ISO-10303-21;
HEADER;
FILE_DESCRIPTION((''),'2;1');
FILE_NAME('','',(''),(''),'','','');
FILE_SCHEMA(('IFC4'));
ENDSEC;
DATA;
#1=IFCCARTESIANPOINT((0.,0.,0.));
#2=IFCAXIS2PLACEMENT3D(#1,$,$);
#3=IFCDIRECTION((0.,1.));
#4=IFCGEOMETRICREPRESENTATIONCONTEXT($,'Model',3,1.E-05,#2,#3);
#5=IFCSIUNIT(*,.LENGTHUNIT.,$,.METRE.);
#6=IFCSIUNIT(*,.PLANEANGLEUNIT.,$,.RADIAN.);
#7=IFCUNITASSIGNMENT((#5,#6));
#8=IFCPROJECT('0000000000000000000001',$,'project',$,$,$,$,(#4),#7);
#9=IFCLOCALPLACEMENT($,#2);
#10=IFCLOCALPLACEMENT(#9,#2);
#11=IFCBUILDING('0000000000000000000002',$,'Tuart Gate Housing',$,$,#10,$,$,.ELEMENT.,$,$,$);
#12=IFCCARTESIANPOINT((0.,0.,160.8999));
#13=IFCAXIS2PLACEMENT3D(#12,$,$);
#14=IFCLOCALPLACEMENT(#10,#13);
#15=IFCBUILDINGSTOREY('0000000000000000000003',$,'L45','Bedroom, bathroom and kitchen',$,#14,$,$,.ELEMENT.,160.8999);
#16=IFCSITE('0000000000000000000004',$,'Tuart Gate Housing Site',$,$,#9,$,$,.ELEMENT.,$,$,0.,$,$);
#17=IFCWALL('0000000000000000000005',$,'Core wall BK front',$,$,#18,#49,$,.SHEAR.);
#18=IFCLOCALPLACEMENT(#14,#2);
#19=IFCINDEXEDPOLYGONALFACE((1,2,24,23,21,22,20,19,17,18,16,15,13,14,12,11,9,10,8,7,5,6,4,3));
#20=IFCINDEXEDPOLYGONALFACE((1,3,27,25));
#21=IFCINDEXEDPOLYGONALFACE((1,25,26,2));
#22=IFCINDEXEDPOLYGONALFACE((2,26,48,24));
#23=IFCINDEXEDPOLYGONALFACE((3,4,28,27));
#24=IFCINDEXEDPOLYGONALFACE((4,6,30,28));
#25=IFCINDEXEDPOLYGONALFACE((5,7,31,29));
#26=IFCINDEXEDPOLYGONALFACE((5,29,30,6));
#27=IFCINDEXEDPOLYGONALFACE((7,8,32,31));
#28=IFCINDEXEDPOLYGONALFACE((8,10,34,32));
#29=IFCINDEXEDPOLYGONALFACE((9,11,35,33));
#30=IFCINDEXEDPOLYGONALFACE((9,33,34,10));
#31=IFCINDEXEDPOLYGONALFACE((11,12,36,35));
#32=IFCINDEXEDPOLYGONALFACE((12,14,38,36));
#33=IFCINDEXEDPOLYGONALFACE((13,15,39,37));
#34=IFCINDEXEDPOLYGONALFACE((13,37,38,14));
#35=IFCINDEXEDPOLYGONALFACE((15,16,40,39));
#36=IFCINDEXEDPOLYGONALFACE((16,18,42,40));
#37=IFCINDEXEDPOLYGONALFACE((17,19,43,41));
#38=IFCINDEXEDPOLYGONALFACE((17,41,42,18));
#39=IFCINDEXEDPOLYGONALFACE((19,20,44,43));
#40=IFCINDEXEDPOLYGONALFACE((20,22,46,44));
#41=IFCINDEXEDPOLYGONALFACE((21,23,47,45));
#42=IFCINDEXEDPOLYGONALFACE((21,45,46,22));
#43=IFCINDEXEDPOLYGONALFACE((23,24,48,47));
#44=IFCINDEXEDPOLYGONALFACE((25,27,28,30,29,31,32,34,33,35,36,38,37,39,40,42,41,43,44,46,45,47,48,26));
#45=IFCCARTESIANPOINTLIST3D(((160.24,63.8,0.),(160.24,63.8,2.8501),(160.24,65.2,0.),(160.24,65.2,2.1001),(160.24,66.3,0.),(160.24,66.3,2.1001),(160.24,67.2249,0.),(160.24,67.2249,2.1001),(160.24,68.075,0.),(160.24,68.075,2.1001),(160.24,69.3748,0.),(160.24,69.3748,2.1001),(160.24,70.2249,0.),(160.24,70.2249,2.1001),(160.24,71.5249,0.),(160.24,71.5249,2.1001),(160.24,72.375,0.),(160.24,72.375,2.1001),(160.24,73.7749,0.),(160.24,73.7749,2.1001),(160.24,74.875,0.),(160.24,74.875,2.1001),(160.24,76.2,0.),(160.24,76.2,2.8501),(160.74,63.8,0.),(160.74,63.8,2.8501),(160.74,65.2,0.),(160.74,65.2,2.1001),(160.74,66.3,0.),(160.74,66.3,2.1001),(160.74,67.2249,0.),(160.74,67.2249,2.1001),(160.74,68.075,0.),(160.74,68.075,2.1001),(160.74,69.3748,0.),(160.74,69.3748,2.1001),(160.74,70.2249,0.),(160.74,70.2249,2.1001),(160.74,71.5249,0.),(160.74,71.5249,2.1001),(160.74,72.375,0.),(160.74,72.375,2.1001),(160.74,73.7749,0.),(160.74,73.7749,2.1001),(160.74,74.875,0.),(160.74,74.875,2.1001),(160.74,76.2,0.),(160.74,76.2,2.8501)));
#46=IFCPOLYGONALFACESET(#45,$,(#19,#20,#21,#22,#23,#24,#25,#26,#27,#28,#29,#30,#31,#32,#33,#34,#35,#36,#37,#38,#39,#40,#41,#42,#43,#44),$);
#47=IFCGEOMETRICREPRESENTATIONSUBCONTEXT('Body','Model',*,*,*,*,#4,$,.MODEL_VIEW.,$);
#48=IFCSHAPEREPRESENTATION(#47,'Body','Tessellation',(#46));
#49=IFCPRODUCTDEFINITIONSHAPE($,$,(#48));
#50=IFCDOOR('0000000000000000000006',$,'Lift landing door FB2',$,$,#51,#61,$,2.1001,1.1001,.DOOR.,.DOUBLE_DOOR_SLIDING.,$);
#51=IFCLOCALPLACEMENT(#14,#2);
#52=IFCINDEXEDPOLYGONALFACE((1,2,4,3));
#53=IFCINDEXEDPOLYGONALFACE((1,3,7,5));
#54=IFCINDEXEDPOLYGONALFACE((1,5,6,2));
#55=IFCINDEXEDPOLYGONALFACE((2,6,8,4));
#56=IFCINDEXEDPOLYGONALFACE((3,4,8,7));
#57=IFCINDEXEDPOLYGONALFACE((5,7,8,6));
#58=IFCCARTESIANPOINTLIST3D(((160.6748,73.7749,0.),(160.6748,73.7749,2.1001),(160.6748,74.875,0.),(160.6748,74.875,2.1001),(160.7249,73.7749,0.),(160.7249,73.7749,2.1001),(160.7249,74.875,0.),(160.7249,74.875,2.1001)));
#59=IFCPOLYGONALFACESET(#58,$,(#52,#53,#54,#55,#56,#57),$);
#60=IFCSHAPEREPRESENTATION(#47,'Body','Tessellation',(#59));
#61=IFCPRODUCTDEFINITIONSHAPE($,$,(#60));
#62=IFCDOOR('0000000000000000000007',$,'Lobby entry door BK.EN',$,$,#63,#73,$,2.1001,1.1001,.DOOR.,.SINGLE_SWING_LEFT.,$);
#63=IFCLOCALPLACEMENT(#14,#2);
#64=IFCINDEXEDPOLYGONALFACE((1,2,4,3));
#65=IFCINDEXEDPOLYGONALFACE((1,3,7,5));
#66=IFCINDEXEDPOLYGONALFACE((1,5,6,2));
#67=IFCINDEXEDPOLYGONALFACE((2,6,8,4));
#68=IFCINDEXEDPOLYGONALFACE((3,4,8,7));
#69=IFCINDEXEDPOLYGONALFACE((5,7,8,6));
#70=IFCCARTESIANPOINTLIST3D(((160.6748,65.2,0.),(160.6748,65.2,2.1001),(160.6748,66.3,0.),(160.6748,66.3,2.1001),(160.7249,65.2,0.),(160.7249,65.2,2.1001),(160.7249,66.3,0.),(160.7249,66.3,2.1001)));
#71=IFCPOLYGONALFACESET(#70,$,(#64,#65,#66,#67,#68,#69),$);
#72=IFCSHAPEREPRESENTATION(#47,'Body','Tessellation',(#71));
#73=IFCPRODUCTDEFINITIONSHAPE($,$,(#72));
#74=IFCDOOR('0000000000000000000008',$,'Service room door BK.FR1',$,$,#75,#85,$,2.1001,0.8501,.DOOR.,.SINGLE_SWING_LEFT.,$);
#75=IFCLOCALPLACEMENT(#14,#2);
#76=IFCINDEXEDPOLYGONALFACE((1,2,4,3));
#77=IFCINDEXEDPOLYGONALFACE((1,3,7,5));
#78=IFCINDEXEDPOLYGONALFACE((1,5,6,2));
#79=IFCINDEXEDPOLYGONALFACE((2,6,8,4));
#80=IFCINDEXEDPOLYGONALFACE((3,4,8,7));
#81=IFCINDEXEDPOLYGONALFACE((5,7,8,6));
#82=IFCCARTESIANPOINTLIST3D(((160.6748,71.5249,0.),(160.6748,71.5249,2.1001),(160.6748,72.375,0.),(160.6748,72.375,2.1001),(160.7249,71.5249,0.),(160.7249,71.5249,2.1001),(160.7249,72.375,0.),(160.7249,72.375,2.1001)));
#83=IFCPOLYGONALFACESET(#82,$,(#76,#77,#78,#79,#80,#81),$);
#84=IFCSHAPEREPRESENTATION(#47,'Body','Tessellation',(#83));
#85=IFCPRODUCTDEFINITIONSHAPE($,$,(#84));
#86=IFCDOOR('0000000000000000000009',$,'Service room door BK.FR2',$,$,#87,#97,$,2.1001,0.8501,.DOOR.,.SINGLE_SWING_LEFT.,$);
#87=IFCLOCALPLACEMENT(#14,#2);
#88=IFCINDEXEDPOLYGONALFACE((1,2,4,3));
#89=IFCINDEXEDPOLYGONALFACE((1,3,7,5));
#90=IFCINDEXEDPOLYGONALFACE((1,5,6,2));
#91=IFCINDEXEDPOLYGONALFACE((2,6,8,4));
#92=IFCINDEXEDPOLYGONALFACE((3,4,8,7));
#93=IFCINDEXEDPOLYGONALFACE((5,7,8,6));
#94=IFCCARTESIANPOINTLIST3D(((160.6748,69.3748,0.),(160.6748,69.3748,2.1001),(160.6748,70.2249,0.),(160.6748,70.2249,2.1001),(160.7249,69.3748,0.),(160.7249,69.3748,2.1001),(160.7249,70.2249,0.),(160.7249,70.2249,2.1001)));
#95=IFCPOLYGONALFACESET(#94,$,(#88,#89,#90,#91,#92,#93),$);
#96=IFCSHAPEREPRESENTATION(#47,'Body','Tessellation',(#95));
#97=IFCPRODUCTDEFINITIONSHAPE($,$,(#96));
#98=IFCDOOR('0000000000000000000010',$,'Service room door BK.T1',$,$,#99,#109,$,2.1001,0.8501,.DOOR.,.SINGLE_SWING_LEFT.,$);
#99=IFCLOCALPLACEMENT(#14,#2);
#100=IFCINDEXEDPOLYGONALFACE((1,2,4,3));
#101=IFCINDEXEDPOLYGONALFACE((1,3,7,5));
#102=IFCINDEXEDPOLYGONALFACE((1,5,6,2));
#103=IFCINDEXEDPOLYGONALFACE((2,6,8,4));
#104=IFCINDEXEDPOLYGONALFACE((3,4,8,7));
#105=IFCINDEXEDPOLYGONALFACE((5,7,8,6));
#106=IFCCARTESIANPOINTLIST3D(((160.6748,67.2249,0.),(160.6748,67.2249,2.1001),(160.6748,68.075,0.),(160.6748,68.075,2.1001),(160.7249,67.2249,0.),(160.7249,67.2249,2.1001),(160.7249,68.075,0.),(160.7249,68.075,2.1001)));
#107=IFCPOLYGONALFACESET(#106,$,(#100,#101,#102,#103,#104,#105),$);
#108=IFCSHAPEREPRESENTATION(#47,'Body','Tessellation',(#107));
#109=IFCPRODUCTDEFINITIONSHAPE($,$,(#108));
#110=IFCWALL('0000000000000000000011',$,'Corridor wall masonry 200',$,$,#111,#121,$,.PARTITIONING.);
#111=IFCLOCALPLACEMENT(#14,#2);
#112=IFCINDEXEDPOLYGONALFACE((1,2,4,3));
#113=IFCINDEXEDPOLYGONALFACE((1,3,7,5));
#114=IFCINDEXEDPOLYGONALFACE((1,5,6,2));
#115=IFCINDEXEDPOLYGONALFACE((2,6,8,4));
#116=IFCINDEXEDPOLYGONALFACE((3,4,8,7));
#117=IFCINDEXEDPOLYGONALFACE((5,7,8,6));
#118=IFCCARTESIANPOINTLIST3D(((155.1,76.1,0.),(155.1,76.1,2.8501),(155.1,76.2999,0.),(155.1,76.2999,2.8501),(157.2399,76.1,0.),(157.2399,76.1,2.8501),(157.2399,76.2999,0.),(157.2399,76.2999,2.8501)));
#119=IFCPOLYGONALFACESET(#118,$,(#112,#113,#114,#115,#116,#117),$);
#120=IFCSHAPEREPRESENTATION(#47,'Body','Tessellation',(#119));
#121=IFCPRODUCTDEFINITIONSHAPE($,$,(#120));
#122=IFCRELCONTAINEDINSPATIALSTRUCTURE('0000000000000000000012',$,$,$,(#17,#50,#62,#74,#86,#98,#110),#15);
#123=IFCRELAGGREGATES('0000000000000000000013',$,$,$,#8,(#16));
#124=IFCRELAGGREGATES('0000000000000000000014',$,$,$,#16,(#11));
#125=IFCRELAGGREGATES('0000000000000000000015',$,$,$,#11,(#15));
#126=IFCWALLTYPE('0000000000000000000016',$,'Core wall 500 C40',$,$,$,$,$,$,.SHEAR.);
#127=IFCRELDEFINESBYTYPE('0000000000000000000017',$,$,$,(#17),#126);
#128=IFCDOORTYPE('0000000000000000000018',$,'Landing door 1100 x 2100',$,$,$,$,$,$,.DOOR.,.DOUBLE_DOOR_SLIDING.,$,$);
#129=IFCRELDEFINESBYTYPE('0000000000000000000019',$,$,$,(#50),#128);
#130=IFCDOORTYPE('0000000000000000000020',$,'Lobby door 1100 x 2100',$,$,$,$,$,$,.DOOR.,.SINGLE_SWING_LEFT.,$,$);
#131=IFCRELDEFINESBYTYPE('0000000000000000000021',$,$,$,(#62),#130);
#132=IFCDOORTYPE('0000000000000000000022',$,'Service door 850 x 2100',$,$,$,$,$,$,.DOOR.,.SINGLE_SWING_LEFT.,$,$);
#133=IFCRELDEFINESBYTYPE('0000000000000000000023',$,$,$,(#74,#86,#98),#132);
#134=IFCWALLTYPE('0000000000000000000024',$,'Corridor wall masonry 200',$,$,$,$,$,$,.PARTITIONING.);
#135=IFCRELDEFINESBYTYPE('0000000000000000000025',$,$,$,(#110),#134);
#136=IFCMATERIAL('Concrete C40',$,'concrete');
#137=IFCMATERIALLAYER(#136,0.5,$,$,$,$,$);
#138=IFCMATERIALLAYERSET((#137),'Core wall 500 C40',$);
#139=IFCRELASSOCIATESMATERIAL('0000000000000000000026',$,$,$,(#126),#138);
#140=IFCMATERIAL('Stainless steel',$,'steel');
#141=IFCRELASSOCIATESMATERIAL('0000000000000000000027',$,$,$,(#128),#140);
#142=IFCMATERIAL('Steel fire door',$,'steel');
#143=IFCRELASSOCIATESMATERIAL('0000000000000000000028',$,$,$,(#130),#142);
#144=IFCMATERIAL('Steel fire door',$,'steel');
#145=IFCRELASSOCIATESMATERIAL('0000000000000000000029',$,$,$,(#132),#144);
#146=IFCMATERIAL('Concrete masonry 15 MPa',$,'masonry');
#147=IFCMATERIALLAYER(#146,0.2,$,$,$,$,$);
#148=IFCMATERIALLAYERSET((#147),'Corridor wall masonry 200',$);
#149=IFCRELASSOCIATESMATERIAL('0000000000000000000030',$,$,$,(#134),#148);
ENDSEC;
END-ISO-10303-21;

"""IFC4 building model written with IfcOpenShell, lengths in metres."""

from ifc_helpers import new_model, si_unit, direction, frame, frame_2d, origin, place, context, subcontext, project, spatial, rectangle, extrude, material, layer, layer_set, type_object, element, fill, save


model = new_model("IFC4")

# Units and contexts
model_context = context("Model", 3, precision=1e-05, world=origin(), true_north=direction((0.0, 1.0)))
body_context = subcontext(model_context, "Body", "Model", "MODEL_VIEW")
ifc_project = project(units=[si_unit("LENGTHUNIT", "METRE"), si_unit("PLANEANGLEUNIT", "RADIAN")], contexts=[model_context])

# Site, building, storey
site_placement = place(None, origin())
site = spatial("IfcSite", under=ifc_project, at=site_placement, Name="Tuart Gate Housing Site", CompositionType="ELEMENT", RefElevation=0.0)
building_placement = place(site_placement, origin())
building = spatial("IfcBuilding", under=site, at=building_placement, Name="Tuart Gate Housing", CompositionType="ELEMENT")
storey_placement = place(building_placement, frame((0.0, 0.0, 160.8999)))
storey = spatial("IfcBuildingStorey", under=building, at=storey_placement, Name="L45", Description="Bedroom, bathroom and kitchen", CompositionType="ELEMENT", Elevation=160.8999)

# Wall, openings, doors
ifc_material_1 = material(Name="Concrete C40", Category="concrete")
ifc_layer_1 = layer(ifc_material_1, 0.5)
ifc_layer_set_1 = layer_set([ifc_layer_1], Name="Core wall 500 C40")
wall_type_1 = type_object("IfcWallType", Name="Core wall 500 C40", PredefinedType="SHEAR", material=ifc_layer_set_1)
wall_1_placement = place(storey_placement, frame((160.49, 76.2, 0.0), z_axis=(0.0, 0.0, 1.0), x_axis=(0.0, -1.0, 0.0)))
wall_1 = element("IfcWall", 1, at=wall_1_placement, inside=storey, type_object=wall_type_1, Name="Core wall BK front", PredefinedType="SHEAR", context=body_context, shape_type="SweptSolid", body=[
    extrude(rectangle(XDim=12.3999, YDim=0.5, at=frame_2d((6.2, 0.0))), origin(), (0.0, 0.0, 1.0), 2.8501),
])
opening_1_placement = place(wall_1_placement, frame((1.325, 0.0, 0.0)))
opening_1 = element("IfcOpeningElement", 2, at=opening_1_placement, cuts=wall_1, PredefinedType="OPENING", context=body_context, shape_type="SweptSolid", body=[
    extrude(rectangle(XDim=1.1001, YDim=2.1001, at=frame_2d((0.55, 1.05))), frame((0.0, 0.26, 0.0), z_axis=(0.0, -1.0, 0.0), x_axis=(1.0, 0.0, 0.0)), (0.0, 0.0, 1.0), 0.52),
])
opening_2_placement = place(wall_1_placement, frame((3.825, 0.0, 0.0)))
opening_2 = element("IfcOpeningElement", 3, at=opening_2_placement, cuts=wall_1, PredefinedType="OPENING", context=body_context, shape_type="SweptSolid", body=[
    extrude(rectangle(XDim=0.8501, YDim=2.1001, at=frame_2d((0.425, 1.05))), frame((0.0, 0.26, 0.0), z_axis=(0.0, -1.0, 0.0), x_axis=(1.0, 0.0, 0.0)), (0.0, 0.0, 1.0), 0.52),
])
opening_3_placement = place(wall_1_placement, frame((5.9751, 0.0, 0.0)))
opening_3 = element("IfcOpeningElement", 4, at=opening_3_placement, cuts=wall_1, PredefinedType="OPENING", context=body_context, shape_type="SweptSolid", body=[
    extrude(rectangle(XDim=0.8501, YDim=2.1001, at=frame_2d((0.425, 1.05))), frame((0.0, 0.26, 0.0), z_axis=(0.0, -1.0, 0.0), x_axis=(1.0, 0.0, 0.0)), (0.0, 0.0, 1.0), 0.52),
])
opening_4_placement = place(wall_1_placement, frame((9.8999, 0.0, 0.0)))
opening_4 = element("IfcOpeningElement", 5, at=opening_4_placement, cuts=wall_1, PredefinedType="OPENING", context=body_context, shape_type="SweptSolid", body=[
    extrude(rectangle(XDim=1.1001, YDim=2.1001, at=frame_2d((0.55, 1.05))), frame((0.0, 0.26, 0.0), z_axis=(0.0, -1.0, 0.0), x_axis=(1.0, 0.0, 0.0)), (0.0, 0.0, 1.0), 0.52),
])
opening_5_placement = place(wall_1_placement, frame((8.125, 0.0, 0.0)))
opening_5 = element("IfcOpeningElement", 6, at=opening_5_placement, cuts=wall_1, PredefinedType="OPENING", context=body_context, shape_type="SweptSolid", body=[
    extrude(rectangle(XDim=0.8501, YDim=2.1001, at=frame_2d((0.425, 1.05))), frame((0.0, 0.26, 0.0), z_axis=(0.0, -1.0, 0.0), x_axis=(1.0, 0.0, 0.0)), (0.0, 0.0, 1.0), 0.52),
])
ifc_material_2 = material(Name="Stainless steel", Category="steel")
door_type_1 = type_object("IfcDoorType", Name="Landing door 1100 x 2100", OperationType="DOUBLE_DOOR_SLIDING", PredefinedType="DOOR", material=ifc_material_2)
door_1_placement = place(opening_1_placement, origin())
door_1 = element("IfcDoor", 7, at=door_1_placement, inside=storey, type_object=door_type_1, Name="Lift landing door FB2", OperationType="DOUBLE_DOOR_SLIDING", OverallHeight=2.1001, OverallWidth=1.1001, PredefinedType="DOOR", context=body_context, shape_type="SweptSolid", body=[
    extrude(rectangle(XDim=1.1001, YDim=2.1001, at=frame_2d((0.55, 1.05))), frame((0.0, 0.2349, 0.0), z_axis=(0.0, -1.0, 0.0), x_axis=(1.0, 0.0, 0.0)), (0.0, 0.0, 1.0), 0.05),
])
fill(opening_1, door_1)
ifc_material_3 = material(Name="Steel fire door", Category="steel")
door_type_2 = type_object("IfcDoorType", Name="Lobby door 1100 x 2100", OperationType="SINGLE_SWING_LEFT", PredefinedType="DOOR", material=ifc_material_3)
door_2_placement = place(opening_4_placement, origin())
door_2 = element("IfcDoor", 8, at=door_2_placement, inside=storey, type_object=door_type_2, Name="Lobby entry door BK.EN", OperationType="SINGLE_SWING_LEFT", OverallHeight=2.1001, OverallWidth=1.1001, PredefinedType="DOOR", context=body_context, shape_type="SweptSolid", body=[
    extrude(rectangle(XDim=1.1001, YDim=2.1001, at=frame_2d((0.55, 1.05))), frame((0.0, 0.2349, 0.0), z_axis=(0.0, -1.0, 0.0), x_axis=(1.0, 0.0, 0.0)), (0.0, 0.0, 1.0), 0.05),
])
fill(opening_4, door_2)
ifc_material_4 = material(Name="Steel fire door", Category="steel")
door_type_3 = type_object("IfcDoorType", Name="Service door 850 x 2100", OperationType="SINGLE_SWING_LEFT", PredefinedType="DOOR", material=ifc_material_4)
door_3_placement = place(opening_2_placement, origin())
door_3 = element("IfcDoor", 9, at=door_3_placement, inside=storey, type_object=door_type_3, Name="Service room door BK.FR1", OperationType="SINGLE_SWING_LEFT", OverallHeight=2.1001, OverallWidth=0.8501, PredefinedType="DOOR", context=body_context, shape_type="SweptSolid", body=[
    extrude(rectangle(XDim=0.8501, YDim=2.1001, at=frame_2d((0.425, 1.05))), frame((0.0, 0.2349, 0.0), z_axis=(0.0, -1.0, 0.0), x_axis=(1.0, 0.0, 0.0)), (0.0, 0.0, 1.0), 0.05),
])
fill(opening_2, door_3)
door_4_placement = place(opening_3_placement, origin())
door_4 = element("IfcDoor", 10, at=door_4_placement, inside=storey, type_object=door_type_3, Name="Service room door BK.FR2", OperationType="SINGLE_SWING_LEFT", OverallHeight=2.1001, OverallWidth=0.8501, PredefinedType="DOOR", context=body_context, shape_type="SweptSolid", body=[
    extrude(rectangle(XDim=0.8501, YDim=2.1001, at=frame_2d((0.425, 1.05))), frame((0.0, 0.2349, 0.0), z_axis=(0.0, -1.0, 0.0), x_axis=(1.0, 0.0, 0.0)), (0.0, 0.0, 1.0), 0.05),
])
fill(opening_3, door_4)
door_5_placement = place(opening_5_placement, origin())
door_5 = element("IfcDoor", 11, at=door_5_placement, inside=storey, type_object=door_type_3, Name="Service room door BK.T1", OperationType="SINGLE_SWING_LEFT", OverallHeight=2.1001, OverallWidth=0.8501, PredefinedType="DOOR", context=body_context, shape_type="SweptSolid", body=[
    extrude(rectangle(XDim=0.8501, YDim=2.1001, at=frame_2d((0.425, 1.05))), frame((0.0, 0.2349, 0.0), z_axis=(0.0, -1.0, 0.0), x_axis=(1.0, 0.0, 0.0)), (0.0, 0.0, 1.0), 0.05),
])
fill(opening_5, door_5)

# Wall
ifc_material_5 = material(Name="Concrete masonry 15 MPa", Category="masonry")
ifc_layer_2 = layer(ifc_material_5, 0.2)
ifc_layer_set_2 = layer_set([ifc_layer_2], Name="Corridor wall masonry 200")
wall_type_2 = type_object("IfcWallType", Name="Corridor wall masonry 200", PredefinedType="PARTITIONING", material=ifc_layer_set_2)
wall_2_placement = place(storey_placement, frame((155.1001, 76.2, 0.0), z_axis=(0.0, 0.0, 1.0), x_axis=(1.0, 0.0, 0.0)))
element("IfcWall", 12, at=wall_2_placement, inside=storey, type_object=wall_type_2, Name="Corridor wall masonry 200", PredefinedType="PARTITIONING", context=body_context, shape_type="SweptSolid", body=[
    extrude(rectangle(XDim=2.1399, YDim=0.2, at=frame_2d((1.0698, 0.0))), origin(), (0.0, 0.0, 1.0), 2.8501),
])

save(model, "model.ifc")
